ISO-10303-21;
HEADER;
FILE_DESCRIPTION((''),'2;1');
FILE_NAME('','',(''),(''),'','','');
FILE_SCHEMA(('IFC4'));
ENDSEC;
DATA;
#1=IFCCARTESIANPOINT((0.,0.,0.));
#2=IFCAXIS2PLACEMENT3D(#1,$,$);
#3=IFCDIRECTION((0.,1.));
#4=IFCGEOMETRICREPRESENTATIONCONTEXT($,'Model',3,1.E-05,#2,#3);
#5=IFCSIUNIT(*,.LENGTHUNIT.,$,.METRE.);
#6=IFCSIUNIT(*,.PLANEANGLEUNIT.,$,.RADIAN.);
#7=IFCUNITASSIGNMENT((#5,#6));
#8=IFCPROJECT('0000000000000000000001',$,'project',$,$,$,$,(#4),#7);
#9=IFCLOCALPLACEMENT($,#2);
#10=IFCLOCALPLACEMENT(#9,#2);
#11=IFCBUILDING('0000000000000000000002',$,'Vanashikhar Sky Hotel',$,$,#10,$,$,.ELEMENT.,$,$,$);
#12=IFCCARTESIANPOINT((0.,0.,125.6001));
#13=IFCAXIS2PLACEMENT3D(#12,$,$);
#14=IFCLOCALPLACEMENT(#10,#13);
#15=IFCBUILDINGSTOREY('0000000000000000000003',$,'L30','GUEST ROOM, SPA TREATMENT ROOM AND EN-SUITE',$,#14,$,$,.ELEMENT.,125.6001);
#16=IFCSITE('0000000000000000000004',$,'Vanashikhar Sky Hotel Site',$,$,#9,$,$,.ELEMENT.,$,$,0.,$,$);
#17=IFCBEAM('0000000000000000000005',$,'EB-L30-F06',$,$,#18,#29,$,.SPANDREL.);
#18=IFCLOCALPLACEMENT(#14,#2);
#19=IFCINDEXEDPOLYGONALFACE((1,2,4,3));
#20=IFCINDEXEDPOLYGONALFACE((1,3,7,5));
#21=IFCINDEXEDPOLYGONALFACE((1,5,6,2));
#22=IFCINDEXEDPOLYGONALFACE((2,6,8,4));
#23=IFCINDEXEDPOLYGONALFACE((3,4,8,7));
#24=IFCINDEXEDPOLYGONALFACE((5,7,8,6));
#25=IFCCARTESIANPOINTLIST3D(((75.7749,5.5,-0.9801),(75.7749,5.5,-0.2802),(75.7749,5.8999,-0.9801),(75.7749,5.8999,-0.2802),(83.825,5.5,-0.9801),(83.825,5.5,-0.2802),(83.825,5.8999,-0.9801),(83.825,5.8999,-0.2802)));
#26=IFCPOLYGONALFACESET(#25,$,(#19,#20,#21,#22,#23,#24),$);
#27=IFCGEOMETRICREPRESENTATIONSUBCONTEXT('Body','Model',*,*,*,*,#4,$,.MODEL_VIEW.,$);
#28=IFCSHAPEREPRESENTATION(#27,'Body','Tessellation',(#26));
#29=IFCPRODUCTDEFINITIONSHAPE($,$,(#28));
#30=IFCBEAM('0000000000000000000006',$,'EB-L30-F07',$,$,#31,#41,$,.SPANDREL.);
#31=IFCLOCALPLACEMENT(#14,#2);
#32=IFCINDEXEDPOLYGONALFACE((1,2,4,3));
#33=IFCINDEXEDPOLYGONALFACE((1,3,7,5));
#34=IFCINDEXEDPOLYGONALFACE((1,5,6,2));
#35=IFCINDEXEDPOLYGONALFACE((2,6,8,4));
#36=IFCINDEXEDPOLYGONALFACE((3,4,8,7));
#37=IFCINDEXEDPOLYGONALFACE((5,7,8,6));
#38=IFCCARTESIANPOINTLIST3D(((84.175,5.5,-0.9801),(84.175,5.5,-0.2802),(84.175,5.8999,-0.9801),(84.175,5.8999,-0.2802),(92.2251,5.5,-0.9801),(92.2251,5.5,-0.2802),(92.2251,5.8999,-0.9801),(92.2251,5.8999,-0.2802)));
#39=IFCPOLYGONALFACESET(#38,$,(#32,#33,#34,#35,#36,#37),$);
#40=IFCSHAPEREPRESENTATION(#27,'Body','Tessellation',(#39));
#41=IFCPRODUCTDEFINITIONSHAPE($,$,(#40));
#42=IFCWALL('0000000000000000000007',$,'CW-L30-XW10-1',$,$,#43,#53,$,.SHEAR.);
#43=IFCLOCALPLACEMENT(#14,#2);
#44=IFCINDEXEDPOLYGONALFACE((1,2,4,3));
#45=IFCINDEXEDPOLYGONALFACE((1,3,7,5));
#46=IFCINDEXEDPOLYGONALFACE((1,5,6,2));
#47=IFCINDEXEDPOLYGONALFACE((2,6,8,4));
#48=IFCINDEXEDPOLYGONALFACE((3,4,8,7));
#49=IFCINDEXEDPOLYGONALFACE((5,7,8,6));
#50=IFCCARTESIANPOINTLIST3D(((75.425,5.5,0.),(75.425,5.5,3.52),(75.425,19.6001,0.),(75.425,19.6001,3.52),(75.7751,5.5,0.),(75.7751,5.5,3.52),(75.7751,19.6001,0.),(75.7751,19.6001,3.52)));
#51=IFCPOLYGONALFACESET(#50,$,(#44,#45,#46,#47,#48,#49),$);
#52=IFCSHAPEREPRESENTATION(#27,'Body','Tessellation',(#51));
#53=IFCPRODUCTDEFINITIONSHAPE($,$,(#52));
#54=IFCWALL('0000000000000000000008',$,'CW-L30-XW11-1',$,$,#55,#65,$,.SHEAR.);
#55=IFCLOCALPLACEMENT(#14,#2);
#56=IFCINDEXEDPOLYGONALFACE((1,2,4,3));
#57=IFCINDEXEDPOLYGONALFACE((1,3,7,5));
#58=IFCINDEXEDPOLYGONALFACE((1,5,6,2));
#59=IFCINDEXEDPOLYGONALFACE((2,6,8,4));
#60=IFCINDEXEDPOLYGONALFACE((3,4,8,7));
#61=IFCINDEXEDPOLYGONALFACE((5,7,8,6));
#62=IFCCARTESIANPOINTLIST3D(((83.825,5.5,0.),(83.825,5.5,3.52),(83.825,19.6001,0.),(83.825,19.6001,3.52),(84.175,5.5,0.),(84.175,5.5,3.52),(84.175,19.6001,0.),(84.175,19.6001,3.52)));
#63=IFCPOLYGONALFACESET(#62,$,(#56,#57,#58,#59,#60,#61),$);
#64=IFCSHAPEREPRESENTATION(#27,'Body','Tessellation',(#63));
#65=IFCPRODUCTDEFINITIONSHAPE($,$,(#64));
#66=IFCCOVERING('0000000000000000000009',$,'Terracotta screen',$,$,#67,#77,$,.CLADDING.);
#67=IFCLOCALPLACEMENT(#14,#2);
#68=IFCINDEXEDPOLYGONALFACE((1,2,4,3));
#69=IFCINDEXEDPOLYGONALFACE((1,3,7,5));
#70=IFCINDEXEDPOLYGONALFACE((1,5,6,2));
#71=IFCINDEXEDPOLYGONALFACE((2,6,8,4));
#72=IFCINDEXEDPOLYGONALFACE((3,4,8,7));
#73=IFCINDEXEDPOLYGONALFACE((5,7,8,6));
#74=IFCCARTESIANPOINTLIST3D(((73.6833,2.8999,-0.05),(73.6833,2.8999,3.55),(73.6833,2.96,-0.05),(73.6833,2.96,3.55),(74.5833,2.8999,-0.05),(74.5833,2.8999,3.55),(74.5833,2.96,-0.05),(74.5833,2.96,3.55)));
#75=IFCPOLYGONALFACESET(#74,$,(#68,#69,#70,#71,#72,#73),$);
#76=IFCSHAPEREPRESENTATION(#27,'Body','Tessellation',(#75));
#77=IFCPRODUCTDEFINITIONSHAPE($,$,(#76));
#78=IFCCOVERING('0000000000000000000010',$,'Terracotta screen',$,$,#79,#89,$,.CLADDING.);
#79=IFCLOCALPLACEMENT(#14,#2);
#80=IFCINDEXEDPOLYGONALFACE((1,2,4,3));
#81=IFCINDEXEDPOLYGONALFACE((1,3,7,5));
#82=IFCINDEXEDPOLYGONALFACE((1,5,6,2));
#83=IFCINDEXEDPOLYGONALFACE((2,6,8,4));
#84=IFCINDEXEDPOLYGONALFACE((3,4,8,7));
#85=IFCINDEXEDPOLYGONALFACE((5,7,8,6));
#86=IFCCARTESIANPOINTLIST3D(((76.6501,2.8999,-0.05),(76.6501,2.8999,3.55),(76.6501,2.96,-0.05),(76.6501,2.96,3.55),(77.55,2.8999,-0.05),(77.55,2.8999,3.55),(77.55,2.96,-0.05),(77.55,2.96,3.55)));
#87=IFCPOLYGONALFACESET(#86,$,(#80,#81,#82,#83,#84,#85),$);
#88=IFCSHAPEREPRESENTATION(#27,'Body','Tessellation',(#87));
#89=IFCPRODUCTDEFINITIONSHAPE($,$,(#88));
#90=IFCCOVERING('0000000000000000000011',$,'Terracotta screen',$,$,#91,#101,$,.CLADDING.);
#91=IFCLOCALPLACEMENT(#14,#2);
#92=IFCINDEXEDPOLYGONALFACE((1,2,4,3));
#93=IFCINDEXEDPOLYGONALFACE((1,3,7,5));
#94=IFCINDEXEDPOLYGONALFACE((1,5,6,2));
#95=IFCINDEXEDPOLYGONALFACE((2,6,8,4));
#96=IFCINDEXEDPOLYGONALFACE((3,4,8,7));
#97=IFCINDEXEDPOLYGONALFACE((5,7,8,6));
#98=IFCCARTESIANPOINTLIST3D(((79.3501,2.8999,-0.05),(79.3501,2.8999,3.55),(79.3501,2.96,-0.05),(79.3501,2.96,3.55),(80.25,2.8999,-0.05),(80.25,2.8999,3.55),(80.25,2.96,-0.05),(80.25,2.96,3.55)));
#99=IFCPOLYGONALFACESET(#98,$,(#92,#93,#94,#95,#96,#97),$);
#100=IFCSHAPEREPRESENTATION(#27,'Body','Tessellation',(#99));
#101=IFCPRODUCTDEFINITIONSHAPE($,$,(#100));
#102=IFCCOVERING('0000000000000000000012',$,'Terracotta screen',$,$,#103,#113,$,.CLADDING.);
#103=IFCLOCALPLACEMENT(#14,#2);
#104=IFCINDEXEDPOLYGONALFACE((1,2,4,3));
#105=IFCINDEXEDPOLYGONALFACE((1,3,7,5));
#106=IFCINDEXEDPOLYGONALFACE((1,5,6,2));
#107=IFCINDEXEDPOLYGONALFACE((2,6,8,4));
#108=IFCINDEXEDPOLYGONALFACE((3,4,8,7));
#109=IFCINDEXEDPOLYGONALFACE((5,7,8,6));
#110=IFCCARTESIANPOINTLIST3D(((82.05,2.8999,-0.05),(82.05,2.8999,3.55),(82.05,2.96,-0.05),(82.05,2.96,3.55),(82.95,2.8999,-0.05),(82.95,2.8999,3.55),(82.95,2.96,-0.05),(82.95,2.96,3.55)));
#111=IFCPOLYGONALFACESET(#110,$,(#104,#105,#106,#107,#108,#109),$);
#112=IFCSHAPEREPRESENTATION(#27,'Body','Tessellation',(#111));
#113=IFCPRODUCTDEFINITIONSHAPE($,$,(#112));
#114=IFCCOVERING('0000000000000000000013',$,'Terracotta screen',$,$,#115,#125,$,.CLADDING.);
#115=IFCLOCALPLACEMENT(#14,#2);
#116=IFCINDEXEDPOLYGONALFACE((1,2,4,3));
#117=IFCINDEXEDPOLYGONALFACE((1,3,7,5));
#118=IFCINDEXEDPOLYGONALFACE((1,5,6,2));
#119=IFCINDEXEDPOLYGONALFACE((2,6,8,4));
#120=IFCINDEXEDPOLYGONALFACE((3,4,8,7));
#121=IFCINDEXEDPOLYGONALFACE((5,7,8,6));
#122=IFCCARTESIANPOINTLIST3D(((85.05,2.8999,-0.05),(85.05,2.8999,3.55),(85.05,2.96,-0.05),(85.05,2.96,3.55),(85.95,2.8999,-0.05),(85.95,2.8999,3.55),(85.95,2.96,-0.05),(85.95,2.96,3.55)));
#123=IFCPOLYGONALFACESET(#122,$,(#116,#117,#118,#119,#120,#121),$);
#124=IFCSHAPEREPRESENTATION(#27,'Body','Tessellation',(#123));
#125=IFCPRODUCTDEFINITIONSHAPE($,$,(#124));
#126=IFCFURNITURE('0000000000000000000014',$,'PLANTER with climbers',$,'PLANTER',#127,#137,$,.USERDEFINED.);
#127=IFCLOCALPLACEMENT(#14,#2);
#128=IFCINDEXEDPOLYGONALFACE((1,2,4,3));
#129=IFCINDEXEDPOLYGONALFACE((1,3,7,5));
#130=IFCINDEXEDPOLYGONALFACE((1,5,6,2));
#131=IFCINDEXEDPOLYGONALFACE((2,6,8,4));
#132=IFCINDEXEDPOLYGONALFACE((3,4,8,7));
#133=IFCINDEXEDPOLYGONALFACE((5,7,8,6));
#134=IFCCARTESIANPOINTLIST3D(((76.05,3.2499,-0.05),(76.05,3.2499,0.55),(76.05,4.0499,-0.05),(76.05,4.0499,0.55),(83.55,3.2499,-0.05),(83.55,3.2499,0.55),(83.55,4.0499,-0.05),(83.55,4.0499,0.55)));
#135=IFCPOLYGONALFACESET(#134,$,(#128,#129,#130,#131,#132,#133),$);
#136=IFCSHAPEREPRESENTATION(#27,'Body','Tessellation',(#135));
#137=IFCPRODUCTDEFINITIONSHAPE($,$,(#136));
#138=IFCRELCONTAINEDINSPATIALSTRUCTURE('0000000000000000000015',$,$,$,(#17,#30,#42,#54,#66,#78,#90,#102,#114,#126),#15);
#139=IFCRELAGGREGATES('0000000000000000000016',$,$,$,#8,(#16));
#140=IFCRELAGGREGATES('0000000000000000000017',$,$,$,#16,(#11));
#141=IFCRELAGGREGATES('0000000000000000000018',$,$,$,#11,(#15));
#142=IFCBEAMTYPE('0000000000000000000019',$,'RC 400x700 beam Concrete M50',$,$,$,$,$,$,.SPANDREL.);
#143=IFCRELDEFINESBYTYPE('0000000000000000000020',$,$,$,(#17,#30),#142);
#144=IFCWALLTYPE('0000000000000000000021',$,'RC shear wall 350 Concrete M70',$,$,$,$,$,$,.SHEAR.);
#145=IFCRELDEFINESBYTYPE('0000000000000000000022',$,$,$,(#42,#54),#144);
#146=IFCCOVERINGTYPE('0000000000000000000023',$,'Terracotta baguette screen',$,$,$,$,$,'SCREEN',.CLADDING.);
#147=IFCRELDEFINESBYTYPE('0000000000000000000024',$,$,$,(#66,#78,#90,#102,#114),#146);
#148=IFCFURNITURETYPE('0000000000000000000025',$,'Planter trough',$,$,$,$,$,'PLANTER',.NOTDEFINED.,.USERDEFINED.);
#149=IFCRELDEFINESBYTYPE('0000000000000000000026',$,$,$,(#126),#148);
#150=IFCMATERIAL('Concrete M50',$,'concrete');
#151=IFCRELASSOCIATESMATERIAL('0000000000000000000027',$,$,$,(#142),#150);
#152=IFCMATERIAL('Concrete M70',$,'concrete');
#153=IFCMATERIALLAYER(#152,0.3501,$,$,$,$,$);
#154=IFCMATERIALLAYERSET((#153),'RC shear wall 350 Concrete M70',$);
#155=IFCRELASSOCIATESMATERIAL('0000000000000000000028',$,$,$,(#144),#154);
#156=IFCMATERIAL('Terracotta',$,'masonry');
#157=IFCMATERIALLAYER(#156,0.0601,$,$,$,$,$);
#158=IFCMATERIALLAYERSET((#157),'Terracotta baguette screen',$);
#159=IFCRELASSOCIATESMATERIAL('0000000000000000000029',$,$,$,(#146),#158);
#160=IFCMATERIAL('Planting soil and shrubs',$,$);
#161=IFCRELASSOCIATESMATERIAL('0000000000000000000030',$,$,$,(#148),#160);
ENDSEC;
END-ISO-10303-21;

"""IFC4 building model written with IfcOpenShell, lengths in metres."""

from ifc_helpers import new_model, si_unit, direction, frame, frame_2d, origin, origin_2d, place, context, subcontext, project, spatial, rectangle, extrude, source, transform, mapped, material, layer, layer_set, material_profile, profile_set, type_object, element, save


model = new_model("IFC4")

# Units and contexts
model_context = context("Model", 3, precision=1e-05, world=origin(), true_north=direction((0.0, 1.0)))
body_context = subcontext(model_context, "Body", "Model", "MODEL_VIEW")
ifc_project = project(units=[si_unit("LENGTHUNIT", "METRE"), si_unit("PLANEANGLEUNIT", "RADIAN")], contexts=[model_context])

# Site, building, storey
site_placement = place(None, origin())
site = spatial("IfcSite", under=ifc_project, at=site_placement, Name="Vanashikhar Sky Hotel Site", CompositionType="ELEMENT", RefElevation=0.0)
building_placement = place(site_placement, origin())
building = spatial("IfcBuilding", under=site, at=building_placement, Name="Vanashikhar Sky Hotel", CompositionType="ELEMENT")
storey_placement = place(building_placement, frame((0.0, 0.0, 125.6001)))
storey = spatial("IfcBuildingStorey", under=building, at=storey_placement, Name="L30", Description="GUEST ROOM, SPA TREATMENT ROOM AND EN-SUITE", CompositionType="ELEMENT", Elevation=125.6001)

# Beams
ifc_material_1 = material(Name="Concrete M50", Category="concrete")
ifc_material_profile = material_profile(ifc_material_1, rectangle(XDim=0.3999, YDim=0.7, at=origin_2d()))
ifc_profile_set = profile_set([ifc_material_profile], Name="RC 400x700 beam Concrete M50")
beam_type = type_object("IfcBeamType", Name="RC 400x700 beam Concrete M50", PredefinedType="SPANDREL", material=ifc_profile_set)
shared_shape_1 = source(origin(), body_context, "Body", "SweptSolid", [
    extrude(rectangle(XDim=0.3999, YDim=0.7, at=origin_2d()), origin(), (0.0, 0.0, 1.0), 8.05),
])
for number, where, z_axis, x_axis, name in (
    (1, (75.7749, 5.7, -0.6301), (1.0, 0.0, 0.0), (0.0, 1.0, 0.0), "EB-L30-F06"),
    (2, (84.175, 5.7, -0.6301), (1.0, 0.0, 0.0), (0.0, 1.0, 0.0), "EB-L30-F07"),
):
    element("IfcBeam", number, at=place(storey_placement, frame(where, z_axis=z_axis, x_axis=x_axis)), inside=storey, type_object=beam_type, Name=name, PredefinedType="SPANDREL", context=body_context, shape_type="MappedRepresentation", body=[
        mapped(shared_shape_1, transform((0.0, 0.0, 0.0), scale=1.0)),
    ])

# Walls
ifc_material_2 = material(Name="Concrete M70", Category="concrete")
ifc_layer_1 = layer(ifc_material_2, 0.3501)
ifc_layer_set_1 = layer_set([ifc_layer_1], Name="RC shear wall 350 Concrete M70")
wall_type_1 = type_object("IfcWallType", Name="RC shear wall 350 Concrete M70", PredefinedType="SHEAR", material=ifc_layer_set_1)
shared_shape_2 = source(origin(), body_context, "Body", "SweptSolid", [
    extrude(rectangle(XDim=14.1001, YDim=0.3501, at=frame_2d((7.05, 0.0))), origin(), (0.0, 0.0, 1.0), 3.52),
])
for number, where, z_axis, x_axis, name in (
    (3, (75.6001, 5.5, 0.0), (0.0, 0.0, 1.0), (0.0, 1.0, 0.0), "CW-L30-XW10-1"),
    (4, (84.0, 5.5, 0.0), (0.0, 0.0, 1.0), (0.0, 1.0, 0.0), "CW-L30-XW11-1"),
):
    element("IfcWall", number, at=place(storey_placement, frame(where, z_axis=z_axis, x_axis=x_axis)), inside=storey, type_object=wall_type_1, Name=name, PredefinedType="SHEAR", context=body_context, shape_type="MappedRepresentation", body=[
        mapped(shared_shape_2, transform((0.0, 0.0, 0.0), scale=1.0)),
    ])

# Coverings
ifc_material_3 = material(Name="Terracotta", Category="masonry")
ifc_layer_2 = layer(ifc_material_3, 0.0601)
ifc_layer_set_2 = layer_set([ifc_layer_2], Name="Terracotta baguette screen")
covering_type = type_object("IfcCoveringType", Name="Terracotta baguette screen", ElementType="SCREEN", PredefinedType="CLADDING", material=ifc_layer_set_2)
shared_shape_3 = source(origin(), body_context, "Body", "SweptSolid", [
    extrude(rectangle(XDim=0.8999, YDim=0.0601, at=origin_2d()), origin(), (0.0, 0.0, 1.0), 3.6001),
])
for number, where, z_axis, x_axis, name in (
    (5, (74.1333, 2.9299, -0.05), (0.0, 0.0, 1.0), (1.0, 0.0, 0.0), "Terracotta screen"),
    (6, (77.1001, 2.9299, -0.05), (0.0, 0.0, 1.0), (1.0, 0.0, 0.0), "Terracotta screen"),
    (7, (79.8, 2.9299, -0.05), (0.0, 0.0, 1.0), (1.0, 0.0, 0.0), "Terracotta screen"),
    (8, (82.5, 2.9299, -0.05), (0.0, 0.0, 1.0), (1.0, 0.0, 0.0), "Terracotta screen"),
    (9, (85.5, 2.9299, -0.05), (0.0, 0.0, 1.0), (1.0, 0.0, 0.0), "Terracotta screen"),
):
    element("IfcCovering", number, at=place(storey_placement, frame(where, z_axis=z_axis, x_axis=x_axis)), inside=storey, type_object=covering_type, Name=name, PredefinedType="CLADDING", context=body_context, shape_type="MappedRepresentation", body=[
        mapped(shared_shape_3, transform((0.0, 0.0, 0.0), scale=1.0)),
    ])

# Furniture
ifc_material_4 = material(Name="Planting soil and shrubs")
furniture_type = type_object("IfcFurnitureType", Name="Planter trough", ElementType="PLANTER", AssemblyPlace="NOTDEFINED", PredefinedType="USERDEFINED", material=ifc_material_4)
shared_shape_4 = source(origin(), body_context, "Body", "SweptSolid", [
    extrude(rectangle(XDim=7.5, YDim=0.8, at=origin_2d()), origin(), (0.0, 0.0, 1.0), 0.6001),
])
furniture_placement = place(storey_placement, frame((79.8, 3.6499, -0.05), z_axis=(0.0, 0.0, 1.0), x_axis=(1.0, 0.0, 0.0)))
element("IfcFurniture", 10, at=furniture_placement, inside=storey, type_object=furniture_type, Name="PLANTER with climbers", ObjectType="PLANTER", PredefinedType="USERDEFINED", context=body_context, shape_type="MappedRepresentation", body=[
    mapped(shared_shape_4, transform((0.0, 0.0, 0.0), scale=1.0)),
])

save(model, "model.ifc")
